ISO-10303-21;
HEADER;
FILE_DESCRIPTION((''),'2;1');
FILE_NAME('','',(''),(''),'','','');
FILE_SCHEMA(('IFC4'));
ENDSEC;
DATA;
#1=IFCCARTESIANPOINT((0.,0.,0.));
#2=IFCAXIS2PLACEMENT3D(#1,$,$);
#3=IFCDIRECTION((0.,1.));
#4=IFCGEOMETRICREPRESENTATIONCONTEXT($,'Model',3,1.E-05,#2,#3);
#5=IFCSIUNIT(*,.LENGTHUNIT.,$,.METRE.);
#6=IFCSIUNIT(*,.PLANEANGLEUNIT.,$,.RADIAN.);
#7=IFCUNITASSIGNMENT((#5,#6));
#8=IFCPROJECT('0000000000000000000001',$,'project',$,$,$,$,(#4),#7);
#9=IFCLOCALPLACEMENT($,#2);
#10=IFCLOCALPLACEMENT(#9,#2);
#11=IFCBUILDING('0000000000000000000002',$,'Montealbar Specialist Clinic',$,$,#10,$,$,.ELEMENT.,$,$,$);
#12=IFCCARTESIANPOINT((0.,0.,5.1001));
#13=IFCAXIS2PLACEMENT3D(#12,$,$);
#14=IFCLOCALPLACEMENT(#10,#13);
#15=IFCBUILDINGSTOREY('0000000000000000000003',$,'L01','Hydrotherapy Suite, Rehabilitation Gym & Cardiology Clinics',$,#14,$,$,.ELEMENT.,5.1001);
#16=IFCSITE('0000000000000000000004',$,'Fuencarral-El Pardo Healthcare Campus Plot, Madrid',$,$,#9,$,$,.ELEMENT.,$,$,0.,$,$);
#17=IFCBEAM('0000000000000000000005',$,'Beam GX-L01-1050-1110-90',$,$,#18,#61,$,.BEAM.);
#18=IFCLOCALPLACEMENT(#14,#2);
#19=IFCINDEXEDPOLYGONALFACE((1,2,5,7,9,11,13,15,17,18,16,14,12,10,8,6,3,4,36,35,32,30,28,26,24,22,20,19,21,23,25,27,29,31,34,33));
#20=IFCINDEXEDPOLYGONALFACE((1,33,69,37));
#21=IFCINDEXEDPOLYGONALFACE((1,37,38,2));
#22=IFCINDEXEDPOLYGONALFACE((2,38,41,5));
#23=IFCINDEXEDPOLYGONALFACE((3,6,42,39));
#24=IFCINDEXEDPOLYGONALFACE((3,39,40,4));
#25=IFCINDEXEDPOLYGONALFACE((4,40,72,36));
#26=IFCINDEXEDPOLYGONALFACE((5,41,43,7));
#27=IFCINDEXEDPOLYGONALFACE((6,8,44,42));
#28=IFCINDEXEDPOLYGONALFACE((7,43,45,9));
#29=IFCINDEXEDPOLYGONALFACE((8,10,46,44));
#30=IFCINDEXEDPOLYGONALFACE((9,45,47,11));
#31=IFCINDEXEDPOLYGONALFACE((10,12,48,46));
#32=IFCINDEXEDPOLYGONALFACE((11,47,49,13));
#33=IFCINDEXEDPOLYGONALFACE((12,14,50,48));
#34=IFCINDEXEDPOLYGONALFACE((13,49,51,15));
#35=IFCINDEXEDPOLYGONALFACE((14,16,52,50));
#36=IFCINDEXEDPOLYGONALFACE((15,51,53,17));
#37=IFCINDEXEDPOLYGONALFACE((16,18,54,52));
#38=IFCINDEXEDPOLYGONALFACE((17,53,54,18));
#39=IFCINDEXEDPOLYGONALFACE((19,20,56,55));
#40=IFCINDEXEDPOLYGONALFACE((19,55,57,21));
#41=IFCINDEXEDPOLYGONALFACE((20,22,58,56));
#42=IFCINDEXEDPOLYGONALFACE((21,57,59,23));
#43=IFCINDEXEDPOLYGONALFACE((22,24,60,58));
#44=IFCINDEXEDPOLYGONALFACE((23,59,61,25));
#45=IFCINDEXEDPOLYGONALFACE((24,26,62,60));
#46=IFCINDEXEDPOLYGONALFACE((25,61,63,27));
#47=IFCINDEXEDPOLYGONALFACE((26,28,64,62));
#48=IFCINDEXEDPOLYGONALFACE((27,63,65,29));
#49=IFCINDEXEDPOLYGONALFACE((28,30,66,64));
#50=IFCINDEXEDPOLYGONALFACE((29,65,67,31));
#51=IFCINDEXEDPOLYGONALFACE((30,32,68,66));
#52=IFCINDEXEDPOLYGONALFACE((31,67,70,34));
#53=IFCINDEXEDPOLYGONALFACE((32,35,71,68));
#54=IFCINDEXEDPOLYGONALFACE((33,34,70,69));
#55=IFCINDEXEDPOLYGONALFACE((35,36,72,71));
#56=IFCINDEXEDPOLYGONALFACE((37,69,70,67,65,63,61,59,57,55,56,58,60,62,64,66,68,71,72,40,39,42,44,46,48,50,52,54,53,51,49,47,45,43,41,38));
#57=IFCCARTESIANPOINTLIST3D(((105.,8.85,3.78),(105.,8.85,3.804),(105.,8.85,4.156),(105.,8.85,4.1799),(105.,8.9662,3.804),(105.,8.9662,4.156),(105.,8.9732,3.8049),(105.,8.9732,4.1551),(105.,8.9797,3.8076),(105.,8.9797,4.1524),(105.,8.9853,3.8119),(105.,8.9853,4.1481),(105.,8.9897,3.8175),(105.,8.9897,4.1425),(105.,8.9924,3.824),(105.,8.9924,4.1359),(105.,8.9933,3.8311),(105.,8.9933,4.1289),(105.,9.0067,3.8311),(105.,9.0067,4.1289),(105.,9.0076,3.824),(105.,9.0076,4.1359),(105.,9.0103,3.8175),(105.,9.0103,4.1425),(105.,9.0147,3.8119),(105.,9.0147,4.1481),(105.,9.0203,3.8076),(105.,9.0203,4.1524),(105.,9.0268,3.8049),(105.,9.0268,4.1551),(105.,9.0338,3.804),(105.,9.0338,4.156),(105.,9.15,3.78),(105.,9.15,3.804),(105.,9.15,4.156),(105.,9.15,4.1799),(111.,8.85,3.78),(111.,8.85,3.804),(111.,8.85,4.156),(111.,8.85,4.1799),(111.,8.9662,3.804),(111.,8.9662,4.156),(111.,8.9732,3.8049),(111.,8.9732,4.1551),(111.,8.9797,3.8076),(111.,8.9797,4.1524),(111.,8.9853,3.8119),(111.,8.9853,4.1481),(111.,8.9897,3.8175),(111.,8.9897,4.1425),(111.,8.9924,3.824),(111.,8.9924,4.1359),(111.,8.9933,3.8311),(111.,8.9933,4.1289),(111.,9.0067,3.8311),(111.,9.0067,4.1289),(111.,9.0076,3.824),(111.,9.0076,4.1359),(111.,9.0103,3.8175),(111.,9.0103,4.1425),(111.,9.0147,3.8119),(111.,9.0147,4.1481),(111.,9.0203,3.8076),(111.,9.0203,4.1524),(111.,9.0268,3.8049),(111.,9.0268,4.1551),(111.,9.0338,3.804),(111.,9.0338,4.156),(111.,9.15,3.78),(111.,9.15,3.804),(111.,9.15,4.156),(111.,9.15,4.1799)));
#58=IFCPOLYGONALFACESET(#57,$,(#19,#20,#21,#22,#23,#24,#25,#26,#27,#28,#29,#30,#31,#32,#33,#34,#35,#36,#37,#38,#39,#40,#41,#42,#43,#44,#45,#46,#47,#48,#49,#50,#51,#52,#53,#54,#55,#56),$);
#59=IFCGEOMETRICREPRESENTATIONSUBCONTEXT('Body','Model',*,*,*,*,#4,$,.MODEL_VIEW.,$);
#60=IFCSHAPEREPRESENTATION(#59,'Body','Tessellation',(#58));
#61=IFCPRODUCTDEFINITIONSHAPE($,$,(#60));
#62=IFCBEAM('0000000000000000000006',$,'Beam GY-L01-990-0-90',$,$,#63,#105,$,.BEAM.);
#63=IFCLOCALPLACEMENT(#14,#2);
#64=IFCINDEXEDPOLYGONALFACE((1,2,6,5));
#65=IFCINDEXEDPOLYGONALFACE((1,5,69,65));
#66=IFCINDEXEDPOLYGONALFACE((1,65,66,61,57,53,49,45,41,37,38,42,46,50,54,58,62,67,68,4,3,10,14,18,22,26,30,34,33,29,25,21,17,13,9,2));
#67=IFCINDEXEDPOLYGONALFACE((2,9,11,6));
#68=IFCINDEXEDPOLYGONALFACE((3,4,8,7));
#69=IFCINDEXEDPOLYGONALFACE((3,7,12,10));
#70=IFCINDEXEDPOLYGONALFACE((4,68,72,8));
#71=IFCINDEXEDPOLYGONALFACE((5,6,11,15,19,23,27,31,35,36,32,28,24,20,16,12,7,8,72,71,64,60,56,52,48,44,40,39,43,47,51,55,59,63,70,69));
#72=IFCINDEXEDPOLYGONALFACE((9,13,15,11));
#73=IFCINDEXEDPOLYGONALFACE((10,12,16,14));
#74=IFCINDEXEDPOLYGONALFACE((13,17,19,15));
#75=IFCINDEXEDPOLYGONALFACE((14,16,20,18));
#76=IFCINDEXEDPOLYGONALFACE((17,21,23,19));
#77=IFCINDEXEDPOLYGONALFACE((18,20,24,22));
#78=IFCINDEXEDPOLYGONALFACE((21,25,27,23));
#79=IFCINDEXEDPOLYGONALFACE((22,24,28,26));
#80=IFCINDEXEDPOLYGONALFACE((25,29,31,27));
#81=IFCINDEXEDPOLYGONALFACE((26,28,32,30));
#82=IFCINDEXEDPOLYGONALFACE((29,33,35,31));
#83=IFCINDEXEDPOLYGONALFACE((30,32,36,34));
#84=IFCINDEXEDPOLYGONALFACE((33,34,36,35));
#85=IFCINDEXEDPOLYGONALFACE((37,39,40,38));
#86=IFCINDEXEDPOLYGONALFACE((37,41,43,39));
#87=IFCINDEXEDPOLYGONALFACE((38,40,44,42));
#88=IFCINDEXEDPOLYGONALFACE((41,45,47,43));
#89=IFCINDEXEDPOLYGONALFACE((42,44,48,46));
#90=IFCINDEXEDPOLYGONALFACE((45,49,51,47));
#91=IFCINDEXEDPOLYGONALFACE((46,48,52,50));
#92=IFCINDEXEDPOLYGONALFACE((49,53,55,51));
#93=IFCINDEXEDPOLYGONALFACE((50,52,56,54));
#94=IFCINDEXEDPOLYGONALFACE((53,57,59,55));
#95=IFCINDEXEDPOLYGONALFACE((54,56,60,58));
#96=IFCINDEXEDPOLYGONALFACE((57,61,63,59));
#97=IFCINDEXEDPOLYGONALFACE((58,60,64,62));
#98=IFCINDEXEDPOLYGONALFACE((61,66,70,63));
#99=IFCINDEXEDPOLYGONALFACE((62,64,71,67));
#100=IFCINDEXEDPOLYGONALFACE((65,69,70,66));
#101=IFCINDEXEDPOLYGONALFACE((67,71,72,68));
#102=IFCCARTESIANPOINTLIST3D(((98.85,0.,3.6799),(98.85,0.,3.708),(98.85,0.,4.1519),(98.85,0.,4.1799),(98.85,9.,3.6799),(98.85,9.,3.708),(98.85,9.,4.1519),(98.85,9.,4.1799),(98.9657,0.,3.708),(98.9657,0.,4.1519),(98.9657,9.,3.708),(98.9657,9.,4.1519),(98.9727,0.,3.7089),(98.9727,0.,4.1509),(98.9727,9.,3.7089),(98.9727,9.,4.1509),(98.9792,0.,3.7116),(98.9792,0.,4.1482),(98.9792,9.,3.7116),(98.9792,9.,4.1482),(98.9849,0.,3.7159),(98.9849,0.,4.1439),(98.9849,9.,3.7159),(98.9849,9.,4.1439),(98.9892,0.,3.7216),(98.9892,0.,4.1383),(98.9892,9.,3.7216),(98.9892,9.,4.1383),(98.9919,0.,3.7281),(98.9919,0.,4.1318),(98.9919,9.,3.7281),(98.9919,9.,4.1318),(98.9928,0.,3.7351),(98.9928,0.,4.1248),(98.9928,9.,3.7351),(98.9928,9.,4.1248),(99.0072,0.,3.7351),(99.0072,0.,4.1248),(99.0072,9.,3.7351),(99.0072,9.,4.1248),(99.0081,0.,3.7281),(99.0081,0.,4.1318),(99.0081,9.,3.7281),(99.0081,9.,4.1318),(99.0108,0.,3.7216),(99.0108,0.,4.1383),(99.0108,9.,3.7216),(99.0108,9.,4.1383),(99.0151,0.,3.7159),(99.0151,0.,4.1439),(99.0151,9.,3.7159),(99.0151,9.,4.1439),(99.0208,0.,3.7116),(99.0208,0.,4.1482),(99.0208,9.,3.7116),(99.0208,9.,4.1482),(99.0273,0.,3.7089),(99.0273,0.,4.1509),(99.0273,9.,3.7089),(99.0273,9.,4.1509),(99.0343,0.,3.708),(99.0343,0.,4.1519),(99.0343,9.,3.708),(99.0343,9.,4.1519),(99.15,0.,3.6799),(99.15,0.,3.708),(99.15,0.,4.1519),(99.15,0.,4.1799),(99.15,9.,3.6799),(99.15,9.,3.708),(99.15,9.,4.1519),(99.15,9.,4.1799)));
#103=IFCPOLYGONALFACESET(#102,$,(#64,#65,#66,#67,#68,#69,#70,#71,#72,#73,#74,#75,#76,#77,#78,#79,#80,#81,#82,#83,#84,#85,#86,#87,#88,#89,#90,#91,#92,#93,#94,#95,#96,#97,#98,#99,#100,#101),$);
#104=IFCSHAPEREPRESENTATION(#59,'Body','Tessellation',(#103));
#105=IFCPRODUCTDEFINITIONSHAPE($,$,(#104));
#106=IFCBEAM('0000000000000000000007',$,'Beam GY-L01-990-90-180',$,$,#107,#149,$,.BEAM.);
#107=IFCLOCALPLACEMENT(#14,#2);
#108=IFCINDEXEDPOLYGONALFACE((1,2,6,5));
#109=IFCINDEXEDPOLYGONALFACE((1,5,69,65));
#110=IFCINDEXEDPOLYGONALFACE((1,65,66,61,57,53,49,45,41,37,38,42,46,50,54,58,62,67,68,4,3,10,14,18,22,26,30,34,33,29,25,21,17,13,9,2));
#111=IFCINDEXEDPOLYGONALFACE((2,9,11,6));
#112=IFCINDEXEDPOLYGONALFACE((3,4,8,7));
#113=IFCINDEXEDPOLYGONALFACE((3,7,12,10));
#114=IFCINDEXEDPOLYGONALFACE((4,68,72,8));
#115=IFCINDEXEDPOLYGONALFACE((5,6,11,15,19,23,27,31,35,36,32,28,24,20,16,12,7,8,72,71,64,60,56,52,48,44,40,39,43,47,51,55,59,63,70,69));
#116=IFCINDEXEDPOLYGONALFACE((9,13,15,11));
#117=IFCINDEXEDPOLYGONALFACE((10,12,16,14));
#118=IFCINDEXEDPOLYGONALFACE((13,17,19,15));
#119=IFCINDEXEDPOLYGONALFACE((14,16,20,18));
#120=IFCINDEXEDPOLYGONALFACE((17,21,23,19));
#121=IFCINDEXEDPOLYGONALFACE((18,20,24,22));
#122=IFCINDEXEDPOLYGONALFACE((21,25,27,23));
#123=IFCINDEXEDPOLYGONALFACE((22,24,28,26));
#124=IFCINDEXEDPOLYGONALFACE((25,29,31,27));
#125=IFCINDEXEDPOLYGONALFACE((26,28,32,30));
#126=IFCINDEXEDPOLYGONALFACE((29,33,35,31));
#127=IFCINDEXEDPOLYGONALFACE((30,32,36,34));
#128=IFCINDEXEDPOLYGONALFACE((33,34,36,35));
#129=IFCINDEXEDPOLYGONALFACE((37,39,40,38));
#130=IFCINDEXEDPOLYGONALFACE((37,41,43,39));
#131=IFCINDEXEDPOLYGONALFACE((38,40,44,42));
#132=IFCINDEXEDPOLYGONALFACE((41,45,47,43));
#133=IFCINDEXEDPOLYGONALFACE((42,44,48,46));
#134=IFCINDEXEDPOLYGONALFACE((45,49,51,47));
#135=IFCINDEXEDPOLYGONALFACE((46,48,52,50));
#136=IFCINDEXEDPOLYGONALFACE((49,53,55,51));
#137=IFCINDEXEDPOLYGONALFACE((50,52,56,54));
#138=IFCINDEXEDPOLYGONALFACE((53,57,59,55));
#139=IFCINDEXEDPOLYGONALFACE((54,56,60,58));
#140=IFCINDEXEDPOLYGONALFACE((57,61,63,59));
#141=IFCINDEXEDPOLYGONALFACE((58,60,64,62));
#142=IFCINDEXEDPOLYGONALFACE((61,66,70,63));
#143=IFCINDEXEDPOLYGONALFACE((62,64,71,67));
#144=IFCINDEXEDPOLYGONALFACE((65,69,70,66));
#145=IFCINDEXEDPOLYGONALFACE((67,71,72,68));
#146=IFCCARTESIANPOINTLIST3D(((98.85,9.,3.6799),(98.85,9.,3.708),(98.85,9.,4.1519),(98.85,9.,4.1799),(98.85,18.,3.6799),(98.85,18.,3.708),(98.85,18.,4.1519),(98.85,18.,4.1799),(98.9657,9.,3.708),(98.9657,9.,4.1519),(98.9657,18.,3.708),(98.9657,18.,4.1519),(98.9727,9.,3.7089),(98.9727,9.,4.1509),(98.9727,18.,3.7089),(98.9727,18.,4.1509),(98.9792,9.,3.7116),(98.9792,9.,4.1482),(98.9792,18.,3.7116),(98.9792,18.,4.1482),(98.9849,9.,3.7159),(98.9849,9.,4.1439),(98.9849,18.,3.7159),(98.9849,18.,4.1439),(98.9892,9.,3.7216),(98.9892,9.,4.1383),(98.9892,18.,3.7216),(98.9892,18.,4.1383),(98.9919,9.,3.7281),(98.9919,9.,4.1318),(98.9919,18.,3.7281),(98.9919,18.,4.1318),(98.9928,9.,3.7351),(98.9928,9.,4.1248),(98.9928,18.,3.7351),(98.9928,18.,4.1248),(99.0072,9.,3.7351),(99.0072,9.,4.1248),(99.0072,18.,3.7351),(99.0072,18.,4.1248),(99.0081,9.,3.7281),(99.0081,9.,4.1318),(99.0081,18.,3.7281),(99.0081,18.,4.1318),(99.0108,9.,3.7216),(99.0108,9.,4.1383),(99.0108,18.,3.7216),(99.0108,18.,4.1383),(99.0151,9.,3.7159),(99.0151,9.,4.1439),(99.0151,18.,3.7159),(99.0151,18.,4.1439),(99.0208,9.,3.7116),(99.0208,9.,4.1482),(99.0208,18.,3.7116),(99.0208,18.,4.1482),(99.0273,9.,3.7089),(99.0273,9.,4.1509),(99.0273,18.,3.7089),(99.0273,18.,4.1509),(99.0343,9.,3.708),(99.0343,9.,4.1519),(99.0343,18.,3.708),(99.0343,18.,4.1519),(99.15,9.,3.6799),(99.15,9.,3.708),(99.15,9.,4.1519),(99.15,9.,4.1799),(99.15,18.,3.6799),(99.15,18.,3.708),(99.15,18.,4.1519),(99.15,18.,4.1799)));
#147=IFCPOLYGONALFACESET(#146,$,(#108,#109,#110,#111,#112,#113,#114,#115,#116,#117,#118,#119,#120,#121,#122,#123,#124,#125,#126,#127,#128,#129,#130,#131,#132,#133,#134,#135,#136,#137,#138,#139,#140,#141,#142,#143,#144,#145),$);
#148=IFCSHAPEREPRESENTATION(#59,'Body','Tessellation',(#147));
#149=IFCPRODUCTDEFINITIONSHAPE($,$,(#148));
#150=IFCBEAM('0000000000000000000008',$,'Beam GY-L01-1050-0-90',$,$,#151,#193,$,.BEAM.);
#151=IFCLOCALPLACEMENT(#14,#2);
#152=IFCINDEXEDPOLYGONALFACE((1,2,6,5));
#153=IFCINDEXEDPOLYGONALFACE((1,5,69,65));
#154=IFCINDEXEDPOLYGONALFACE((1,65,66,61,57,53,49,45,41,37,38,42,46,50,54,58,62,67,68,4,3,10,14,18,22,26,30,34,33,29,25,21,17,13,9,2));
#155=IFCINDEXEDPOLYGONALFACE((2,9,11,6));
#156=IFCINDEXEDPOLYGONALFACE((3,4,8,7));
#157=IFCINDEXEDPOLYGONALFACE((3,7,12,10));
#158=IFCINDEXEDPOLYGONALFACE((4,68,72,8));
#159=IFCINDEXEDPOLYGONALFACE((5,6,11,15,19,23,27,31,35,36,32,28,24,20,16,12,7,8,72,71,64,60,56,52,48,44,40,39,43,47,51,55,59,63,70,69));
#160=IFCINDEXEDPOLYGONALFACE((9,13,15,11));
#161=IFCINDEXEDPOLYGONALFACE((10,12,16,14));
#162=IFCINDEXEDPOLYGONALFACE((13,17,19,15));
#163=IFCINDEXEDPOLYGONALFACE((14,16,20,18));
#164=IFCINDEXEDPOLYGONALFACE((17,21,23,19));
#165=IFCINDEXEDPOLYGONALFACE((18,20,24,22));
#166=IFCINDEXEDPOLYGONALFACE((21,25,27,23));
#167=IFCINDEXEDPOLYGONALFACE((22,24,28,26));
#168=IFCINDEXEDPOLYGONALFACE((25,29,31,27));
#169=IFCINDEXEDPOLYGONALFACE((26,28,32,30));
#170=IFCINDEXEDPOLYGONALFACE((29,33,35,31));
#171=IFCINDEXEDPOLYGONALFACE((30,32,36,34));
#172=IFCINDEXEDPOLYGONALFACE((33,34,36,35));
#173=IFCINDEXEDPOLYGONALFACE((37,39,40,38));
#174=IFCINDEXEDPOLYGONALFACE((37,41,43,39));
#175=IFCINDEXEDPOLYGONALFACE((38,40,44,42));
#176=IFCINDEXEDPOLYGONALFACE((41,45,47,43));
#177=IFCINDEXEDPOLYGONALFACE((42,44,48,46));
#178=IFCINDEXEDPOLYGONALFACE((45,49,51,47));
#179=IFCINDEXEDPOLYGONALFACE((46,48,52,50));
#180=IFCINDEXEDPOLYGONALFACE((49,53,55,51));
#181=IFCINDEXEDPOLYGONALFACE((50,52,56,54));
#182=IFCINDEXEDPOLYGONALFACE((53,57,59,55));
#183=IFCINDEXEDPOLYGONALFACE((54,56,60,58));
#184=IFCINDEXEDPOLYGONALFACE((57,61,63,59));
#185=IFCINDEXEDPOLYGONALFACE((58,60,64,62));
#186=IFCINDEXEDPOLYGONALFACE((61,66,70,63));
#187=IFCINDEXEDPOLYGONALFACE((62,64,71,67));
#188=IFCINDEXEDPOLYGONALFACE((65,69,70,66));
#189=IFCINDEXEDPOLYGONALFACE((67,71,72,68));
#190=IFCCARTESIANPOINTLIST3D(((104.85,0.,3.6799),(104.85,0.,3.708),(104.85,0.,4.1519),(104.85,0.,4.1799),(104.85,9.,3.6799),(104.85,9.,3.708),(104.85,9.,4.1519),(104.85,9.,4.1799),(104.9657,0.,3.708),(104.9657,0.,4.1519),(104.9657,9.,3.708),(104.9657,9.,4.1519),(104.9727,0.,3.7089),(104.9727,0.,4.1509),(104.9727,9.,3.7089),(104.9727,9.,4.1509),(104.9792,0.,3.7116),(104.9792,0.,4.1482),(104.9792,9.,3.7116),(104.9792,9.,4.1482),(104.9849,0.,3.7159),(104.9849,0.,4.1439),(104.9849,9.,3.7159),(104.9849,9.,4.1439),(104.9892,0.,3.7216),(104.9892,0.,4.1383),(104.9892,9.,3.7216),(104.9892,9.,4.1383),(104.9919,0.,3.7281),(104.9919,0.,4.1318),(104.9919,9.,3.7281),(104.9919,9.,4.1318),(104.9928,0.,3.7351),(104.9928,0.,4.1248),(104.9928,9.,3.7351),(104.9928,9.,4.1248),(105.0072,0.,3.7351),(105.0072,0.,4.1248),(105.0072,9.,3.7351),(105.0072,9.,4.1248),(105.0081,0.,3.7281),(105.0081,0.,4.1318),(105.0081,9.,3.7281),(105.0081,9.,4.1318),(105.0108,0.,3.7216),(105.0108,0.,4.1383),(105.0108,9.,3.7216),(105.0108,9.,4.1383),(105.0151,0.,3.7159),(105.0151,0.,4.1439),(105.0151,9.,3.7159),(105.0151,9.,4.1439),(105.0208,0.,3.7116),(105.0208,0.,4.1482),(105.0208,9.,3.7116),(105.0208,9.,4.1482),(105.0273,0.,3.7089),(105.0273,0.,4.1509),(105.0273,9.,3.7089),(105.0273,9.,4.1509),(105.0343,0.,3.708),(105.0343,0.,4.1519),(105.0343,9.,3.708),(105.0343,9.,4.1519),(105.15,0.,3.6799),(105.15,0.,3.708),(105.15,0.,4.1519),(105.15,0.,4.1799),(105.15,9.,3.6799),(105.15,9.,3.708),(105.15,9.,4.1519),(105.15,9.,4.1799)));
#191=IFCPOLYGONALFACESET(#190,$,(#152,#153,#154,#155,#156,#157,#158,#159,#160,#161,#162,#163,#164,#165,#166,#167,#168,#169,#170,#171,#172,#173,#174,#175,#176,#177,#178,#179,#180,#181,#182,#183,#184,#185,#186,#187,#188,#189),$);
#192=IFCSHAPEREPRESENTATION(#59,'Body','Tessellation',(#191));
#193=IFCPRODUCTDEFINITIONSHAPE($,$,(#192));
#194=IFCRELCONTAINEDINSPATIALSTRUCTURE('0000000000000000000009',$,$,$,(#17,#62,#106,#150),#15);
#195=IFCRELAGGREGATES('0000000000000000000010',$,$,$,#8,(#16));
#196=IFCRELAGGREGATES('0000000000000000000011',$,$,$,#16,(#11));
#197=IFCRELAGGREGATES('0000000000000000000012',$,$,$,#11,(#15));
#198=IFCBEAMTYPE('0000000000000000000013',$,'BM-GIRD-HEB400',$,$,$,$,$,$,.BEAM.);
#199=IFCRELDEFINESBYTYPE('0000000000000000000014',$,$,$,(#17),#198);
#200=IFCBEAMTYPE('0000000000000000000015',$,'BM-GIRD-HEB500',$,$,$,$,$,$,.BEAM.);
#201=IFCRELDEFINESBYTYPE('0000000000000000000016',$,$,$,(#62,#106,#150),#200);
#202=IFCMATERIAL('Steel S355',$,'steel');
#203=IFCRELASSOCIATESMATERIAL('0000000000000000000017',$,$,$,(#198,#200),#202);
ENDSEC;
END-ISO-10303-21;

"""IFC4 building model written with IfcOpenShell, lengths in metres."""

from ifc_helpers import new_model, si_unit, direction, frame, origin, origin_2d, place, context, subcontext, project, spatial, i_section, extrude, material, material_profile, profile_set, type_object, element, save


model = new_model("IFC4")

# Units and contexts
model_context = context("Model", 3, precision=1e-05, world=origin(), true_north=direction((0.0, 1.0)))
body_context = subcontext(model_context, "Body", "Model", "MODEL_VIEW")
ifc_project = project(units=[si_unit("LENGTHUNIT", "METRE"), si_unit("PLANEANGLEUNIT", "RADIAN")], contexts=[model_context])

# Site, building, storey
site_placement = place(None, origin())
site = spatial("IfcSite", under=ifc_project, at=site_placement, Name="Fuencarral-El Pardo Healthcare Campus Plot, Madrid", CompositionType="ELEMENT", RefElevation=0.0)
building_placement = place(site_placement, origin())
building = spatial("IfcBuilding", under=site, at=building_placement, Name="Montealbar Specialist Clinic", CompositionType="ELEMENT")
storey_placement = place(building_placement, frame((0.0, 0.0, 5.1001)))
storey = spatial("IfcBuildingStorey", under=building, at=storey_placement, Name="L01", Description="Hydrotherapy Suite, Rehabilitation Gym & Cardiology Clinics", CompositionType="ELEMENT", Elevation=5.1001)

# Shared definitions
ifc_material_1 = material(Name="Steel S355", Category="steel")

# Beams
ifc_material_profile_1 = material_profile(ifc_material_1, i_section(OverallWidth=0.3, OverallDepth=0.3999, WebThickness=0.0134, FlangeThickness=0.0239, FilletRadius=0.0271, at=origin_2d()), Name="HEB 400", Category="steel")
ifc_profile_set_1 = profile_set([ifc_material_profile_1], Name="Steel S355")
beam_type_1 = type_object("IfcBeamType", Name="BM-GIRD-HEB400", PredefinedType="BEAM", material=ifc_profile_set_1)
for number, where, z_axis, x_axis, name in (
    (1, (105.0, 9.0, 3.98), (1.0, 0.0, 0.0), (0.0, 1.0, 0.0), "Beam GX-L01-1050-1110-90"),
):
    element("IfcBeam", number, at=place(storey_placement, frame(where, z_axis=z_axis, x_axis=x_axis)), inside=storey, type_object=beam_type_1, Name=name, PredefinedType="BEAM", context=body_context, shape_type="SweptSolid", body=[
        extrude(i_section(OverallWidth=0.3, OverallDepth=0.3999, WebThickness=0.0134, FlangeThickness=0.0239, FilletRadius=0.0271, at=origin_2d()), origin(), (0.0, 0.0, 1.0), 6.0),
    ])
ifc_material_profile_2 = material_profile(ifc_material_1, i_section(OverallWidth=0.3, OverallDepth=0.5, WebThickness=0.0144, FlangeThickness=0.0281, FilletRadius=0.0271, at=origin_2d()), Name="HEB 500", Category="steel")
ifc_profile_set_2 = profile_set([ifc_material_profile_2], Name="Steel S355")
beam_type_2 = type_object("IfcBeamType", Name="BM-GIRD-HEB500", PredefinedType="BEAM", material=ifc_profile_set_2)
for number, where, z_axis, x_axis, name in (
    (2, (99.0, 0.0, 3.9299), (0.0, 1.0, 0.0), (-1.0, 0.0, 0.0), "Beam GY-L01-990-0-90"),
    (3, (99.0, 9.0, 3.9299), (0.0, 1.0, 0.0), (-1.0, 0.0, 0.0), "Beam GY-L01-990-90-180"),
    (4, (105.0, 0.0, 3.9299), (0.0, 1.0, 0.0), (-1.0, 0.0, 0.0), "Beam GY-L01-1050-0-90"),
):
    element("IfcBeam", number, at=place(storey_placement, frame(where, z_axis=z_axis, x_axis=x_axis)), inside=storey, type_object=beam_type_2, Name=name, PredefinedType="BEAM", context=body_context, shape_type="SweptSolid", body=[
        extrude(i_section(OverallWidth=0.3, OverallDepth=0.5, WebThickness=0.0144, FlangeThickness=0.0281, FilletRadius=0.0271, at=origin_2d()), origin(), (0.0, 0.0, 1.0), 9.0),
    ])

save(model, "model.ifc")
